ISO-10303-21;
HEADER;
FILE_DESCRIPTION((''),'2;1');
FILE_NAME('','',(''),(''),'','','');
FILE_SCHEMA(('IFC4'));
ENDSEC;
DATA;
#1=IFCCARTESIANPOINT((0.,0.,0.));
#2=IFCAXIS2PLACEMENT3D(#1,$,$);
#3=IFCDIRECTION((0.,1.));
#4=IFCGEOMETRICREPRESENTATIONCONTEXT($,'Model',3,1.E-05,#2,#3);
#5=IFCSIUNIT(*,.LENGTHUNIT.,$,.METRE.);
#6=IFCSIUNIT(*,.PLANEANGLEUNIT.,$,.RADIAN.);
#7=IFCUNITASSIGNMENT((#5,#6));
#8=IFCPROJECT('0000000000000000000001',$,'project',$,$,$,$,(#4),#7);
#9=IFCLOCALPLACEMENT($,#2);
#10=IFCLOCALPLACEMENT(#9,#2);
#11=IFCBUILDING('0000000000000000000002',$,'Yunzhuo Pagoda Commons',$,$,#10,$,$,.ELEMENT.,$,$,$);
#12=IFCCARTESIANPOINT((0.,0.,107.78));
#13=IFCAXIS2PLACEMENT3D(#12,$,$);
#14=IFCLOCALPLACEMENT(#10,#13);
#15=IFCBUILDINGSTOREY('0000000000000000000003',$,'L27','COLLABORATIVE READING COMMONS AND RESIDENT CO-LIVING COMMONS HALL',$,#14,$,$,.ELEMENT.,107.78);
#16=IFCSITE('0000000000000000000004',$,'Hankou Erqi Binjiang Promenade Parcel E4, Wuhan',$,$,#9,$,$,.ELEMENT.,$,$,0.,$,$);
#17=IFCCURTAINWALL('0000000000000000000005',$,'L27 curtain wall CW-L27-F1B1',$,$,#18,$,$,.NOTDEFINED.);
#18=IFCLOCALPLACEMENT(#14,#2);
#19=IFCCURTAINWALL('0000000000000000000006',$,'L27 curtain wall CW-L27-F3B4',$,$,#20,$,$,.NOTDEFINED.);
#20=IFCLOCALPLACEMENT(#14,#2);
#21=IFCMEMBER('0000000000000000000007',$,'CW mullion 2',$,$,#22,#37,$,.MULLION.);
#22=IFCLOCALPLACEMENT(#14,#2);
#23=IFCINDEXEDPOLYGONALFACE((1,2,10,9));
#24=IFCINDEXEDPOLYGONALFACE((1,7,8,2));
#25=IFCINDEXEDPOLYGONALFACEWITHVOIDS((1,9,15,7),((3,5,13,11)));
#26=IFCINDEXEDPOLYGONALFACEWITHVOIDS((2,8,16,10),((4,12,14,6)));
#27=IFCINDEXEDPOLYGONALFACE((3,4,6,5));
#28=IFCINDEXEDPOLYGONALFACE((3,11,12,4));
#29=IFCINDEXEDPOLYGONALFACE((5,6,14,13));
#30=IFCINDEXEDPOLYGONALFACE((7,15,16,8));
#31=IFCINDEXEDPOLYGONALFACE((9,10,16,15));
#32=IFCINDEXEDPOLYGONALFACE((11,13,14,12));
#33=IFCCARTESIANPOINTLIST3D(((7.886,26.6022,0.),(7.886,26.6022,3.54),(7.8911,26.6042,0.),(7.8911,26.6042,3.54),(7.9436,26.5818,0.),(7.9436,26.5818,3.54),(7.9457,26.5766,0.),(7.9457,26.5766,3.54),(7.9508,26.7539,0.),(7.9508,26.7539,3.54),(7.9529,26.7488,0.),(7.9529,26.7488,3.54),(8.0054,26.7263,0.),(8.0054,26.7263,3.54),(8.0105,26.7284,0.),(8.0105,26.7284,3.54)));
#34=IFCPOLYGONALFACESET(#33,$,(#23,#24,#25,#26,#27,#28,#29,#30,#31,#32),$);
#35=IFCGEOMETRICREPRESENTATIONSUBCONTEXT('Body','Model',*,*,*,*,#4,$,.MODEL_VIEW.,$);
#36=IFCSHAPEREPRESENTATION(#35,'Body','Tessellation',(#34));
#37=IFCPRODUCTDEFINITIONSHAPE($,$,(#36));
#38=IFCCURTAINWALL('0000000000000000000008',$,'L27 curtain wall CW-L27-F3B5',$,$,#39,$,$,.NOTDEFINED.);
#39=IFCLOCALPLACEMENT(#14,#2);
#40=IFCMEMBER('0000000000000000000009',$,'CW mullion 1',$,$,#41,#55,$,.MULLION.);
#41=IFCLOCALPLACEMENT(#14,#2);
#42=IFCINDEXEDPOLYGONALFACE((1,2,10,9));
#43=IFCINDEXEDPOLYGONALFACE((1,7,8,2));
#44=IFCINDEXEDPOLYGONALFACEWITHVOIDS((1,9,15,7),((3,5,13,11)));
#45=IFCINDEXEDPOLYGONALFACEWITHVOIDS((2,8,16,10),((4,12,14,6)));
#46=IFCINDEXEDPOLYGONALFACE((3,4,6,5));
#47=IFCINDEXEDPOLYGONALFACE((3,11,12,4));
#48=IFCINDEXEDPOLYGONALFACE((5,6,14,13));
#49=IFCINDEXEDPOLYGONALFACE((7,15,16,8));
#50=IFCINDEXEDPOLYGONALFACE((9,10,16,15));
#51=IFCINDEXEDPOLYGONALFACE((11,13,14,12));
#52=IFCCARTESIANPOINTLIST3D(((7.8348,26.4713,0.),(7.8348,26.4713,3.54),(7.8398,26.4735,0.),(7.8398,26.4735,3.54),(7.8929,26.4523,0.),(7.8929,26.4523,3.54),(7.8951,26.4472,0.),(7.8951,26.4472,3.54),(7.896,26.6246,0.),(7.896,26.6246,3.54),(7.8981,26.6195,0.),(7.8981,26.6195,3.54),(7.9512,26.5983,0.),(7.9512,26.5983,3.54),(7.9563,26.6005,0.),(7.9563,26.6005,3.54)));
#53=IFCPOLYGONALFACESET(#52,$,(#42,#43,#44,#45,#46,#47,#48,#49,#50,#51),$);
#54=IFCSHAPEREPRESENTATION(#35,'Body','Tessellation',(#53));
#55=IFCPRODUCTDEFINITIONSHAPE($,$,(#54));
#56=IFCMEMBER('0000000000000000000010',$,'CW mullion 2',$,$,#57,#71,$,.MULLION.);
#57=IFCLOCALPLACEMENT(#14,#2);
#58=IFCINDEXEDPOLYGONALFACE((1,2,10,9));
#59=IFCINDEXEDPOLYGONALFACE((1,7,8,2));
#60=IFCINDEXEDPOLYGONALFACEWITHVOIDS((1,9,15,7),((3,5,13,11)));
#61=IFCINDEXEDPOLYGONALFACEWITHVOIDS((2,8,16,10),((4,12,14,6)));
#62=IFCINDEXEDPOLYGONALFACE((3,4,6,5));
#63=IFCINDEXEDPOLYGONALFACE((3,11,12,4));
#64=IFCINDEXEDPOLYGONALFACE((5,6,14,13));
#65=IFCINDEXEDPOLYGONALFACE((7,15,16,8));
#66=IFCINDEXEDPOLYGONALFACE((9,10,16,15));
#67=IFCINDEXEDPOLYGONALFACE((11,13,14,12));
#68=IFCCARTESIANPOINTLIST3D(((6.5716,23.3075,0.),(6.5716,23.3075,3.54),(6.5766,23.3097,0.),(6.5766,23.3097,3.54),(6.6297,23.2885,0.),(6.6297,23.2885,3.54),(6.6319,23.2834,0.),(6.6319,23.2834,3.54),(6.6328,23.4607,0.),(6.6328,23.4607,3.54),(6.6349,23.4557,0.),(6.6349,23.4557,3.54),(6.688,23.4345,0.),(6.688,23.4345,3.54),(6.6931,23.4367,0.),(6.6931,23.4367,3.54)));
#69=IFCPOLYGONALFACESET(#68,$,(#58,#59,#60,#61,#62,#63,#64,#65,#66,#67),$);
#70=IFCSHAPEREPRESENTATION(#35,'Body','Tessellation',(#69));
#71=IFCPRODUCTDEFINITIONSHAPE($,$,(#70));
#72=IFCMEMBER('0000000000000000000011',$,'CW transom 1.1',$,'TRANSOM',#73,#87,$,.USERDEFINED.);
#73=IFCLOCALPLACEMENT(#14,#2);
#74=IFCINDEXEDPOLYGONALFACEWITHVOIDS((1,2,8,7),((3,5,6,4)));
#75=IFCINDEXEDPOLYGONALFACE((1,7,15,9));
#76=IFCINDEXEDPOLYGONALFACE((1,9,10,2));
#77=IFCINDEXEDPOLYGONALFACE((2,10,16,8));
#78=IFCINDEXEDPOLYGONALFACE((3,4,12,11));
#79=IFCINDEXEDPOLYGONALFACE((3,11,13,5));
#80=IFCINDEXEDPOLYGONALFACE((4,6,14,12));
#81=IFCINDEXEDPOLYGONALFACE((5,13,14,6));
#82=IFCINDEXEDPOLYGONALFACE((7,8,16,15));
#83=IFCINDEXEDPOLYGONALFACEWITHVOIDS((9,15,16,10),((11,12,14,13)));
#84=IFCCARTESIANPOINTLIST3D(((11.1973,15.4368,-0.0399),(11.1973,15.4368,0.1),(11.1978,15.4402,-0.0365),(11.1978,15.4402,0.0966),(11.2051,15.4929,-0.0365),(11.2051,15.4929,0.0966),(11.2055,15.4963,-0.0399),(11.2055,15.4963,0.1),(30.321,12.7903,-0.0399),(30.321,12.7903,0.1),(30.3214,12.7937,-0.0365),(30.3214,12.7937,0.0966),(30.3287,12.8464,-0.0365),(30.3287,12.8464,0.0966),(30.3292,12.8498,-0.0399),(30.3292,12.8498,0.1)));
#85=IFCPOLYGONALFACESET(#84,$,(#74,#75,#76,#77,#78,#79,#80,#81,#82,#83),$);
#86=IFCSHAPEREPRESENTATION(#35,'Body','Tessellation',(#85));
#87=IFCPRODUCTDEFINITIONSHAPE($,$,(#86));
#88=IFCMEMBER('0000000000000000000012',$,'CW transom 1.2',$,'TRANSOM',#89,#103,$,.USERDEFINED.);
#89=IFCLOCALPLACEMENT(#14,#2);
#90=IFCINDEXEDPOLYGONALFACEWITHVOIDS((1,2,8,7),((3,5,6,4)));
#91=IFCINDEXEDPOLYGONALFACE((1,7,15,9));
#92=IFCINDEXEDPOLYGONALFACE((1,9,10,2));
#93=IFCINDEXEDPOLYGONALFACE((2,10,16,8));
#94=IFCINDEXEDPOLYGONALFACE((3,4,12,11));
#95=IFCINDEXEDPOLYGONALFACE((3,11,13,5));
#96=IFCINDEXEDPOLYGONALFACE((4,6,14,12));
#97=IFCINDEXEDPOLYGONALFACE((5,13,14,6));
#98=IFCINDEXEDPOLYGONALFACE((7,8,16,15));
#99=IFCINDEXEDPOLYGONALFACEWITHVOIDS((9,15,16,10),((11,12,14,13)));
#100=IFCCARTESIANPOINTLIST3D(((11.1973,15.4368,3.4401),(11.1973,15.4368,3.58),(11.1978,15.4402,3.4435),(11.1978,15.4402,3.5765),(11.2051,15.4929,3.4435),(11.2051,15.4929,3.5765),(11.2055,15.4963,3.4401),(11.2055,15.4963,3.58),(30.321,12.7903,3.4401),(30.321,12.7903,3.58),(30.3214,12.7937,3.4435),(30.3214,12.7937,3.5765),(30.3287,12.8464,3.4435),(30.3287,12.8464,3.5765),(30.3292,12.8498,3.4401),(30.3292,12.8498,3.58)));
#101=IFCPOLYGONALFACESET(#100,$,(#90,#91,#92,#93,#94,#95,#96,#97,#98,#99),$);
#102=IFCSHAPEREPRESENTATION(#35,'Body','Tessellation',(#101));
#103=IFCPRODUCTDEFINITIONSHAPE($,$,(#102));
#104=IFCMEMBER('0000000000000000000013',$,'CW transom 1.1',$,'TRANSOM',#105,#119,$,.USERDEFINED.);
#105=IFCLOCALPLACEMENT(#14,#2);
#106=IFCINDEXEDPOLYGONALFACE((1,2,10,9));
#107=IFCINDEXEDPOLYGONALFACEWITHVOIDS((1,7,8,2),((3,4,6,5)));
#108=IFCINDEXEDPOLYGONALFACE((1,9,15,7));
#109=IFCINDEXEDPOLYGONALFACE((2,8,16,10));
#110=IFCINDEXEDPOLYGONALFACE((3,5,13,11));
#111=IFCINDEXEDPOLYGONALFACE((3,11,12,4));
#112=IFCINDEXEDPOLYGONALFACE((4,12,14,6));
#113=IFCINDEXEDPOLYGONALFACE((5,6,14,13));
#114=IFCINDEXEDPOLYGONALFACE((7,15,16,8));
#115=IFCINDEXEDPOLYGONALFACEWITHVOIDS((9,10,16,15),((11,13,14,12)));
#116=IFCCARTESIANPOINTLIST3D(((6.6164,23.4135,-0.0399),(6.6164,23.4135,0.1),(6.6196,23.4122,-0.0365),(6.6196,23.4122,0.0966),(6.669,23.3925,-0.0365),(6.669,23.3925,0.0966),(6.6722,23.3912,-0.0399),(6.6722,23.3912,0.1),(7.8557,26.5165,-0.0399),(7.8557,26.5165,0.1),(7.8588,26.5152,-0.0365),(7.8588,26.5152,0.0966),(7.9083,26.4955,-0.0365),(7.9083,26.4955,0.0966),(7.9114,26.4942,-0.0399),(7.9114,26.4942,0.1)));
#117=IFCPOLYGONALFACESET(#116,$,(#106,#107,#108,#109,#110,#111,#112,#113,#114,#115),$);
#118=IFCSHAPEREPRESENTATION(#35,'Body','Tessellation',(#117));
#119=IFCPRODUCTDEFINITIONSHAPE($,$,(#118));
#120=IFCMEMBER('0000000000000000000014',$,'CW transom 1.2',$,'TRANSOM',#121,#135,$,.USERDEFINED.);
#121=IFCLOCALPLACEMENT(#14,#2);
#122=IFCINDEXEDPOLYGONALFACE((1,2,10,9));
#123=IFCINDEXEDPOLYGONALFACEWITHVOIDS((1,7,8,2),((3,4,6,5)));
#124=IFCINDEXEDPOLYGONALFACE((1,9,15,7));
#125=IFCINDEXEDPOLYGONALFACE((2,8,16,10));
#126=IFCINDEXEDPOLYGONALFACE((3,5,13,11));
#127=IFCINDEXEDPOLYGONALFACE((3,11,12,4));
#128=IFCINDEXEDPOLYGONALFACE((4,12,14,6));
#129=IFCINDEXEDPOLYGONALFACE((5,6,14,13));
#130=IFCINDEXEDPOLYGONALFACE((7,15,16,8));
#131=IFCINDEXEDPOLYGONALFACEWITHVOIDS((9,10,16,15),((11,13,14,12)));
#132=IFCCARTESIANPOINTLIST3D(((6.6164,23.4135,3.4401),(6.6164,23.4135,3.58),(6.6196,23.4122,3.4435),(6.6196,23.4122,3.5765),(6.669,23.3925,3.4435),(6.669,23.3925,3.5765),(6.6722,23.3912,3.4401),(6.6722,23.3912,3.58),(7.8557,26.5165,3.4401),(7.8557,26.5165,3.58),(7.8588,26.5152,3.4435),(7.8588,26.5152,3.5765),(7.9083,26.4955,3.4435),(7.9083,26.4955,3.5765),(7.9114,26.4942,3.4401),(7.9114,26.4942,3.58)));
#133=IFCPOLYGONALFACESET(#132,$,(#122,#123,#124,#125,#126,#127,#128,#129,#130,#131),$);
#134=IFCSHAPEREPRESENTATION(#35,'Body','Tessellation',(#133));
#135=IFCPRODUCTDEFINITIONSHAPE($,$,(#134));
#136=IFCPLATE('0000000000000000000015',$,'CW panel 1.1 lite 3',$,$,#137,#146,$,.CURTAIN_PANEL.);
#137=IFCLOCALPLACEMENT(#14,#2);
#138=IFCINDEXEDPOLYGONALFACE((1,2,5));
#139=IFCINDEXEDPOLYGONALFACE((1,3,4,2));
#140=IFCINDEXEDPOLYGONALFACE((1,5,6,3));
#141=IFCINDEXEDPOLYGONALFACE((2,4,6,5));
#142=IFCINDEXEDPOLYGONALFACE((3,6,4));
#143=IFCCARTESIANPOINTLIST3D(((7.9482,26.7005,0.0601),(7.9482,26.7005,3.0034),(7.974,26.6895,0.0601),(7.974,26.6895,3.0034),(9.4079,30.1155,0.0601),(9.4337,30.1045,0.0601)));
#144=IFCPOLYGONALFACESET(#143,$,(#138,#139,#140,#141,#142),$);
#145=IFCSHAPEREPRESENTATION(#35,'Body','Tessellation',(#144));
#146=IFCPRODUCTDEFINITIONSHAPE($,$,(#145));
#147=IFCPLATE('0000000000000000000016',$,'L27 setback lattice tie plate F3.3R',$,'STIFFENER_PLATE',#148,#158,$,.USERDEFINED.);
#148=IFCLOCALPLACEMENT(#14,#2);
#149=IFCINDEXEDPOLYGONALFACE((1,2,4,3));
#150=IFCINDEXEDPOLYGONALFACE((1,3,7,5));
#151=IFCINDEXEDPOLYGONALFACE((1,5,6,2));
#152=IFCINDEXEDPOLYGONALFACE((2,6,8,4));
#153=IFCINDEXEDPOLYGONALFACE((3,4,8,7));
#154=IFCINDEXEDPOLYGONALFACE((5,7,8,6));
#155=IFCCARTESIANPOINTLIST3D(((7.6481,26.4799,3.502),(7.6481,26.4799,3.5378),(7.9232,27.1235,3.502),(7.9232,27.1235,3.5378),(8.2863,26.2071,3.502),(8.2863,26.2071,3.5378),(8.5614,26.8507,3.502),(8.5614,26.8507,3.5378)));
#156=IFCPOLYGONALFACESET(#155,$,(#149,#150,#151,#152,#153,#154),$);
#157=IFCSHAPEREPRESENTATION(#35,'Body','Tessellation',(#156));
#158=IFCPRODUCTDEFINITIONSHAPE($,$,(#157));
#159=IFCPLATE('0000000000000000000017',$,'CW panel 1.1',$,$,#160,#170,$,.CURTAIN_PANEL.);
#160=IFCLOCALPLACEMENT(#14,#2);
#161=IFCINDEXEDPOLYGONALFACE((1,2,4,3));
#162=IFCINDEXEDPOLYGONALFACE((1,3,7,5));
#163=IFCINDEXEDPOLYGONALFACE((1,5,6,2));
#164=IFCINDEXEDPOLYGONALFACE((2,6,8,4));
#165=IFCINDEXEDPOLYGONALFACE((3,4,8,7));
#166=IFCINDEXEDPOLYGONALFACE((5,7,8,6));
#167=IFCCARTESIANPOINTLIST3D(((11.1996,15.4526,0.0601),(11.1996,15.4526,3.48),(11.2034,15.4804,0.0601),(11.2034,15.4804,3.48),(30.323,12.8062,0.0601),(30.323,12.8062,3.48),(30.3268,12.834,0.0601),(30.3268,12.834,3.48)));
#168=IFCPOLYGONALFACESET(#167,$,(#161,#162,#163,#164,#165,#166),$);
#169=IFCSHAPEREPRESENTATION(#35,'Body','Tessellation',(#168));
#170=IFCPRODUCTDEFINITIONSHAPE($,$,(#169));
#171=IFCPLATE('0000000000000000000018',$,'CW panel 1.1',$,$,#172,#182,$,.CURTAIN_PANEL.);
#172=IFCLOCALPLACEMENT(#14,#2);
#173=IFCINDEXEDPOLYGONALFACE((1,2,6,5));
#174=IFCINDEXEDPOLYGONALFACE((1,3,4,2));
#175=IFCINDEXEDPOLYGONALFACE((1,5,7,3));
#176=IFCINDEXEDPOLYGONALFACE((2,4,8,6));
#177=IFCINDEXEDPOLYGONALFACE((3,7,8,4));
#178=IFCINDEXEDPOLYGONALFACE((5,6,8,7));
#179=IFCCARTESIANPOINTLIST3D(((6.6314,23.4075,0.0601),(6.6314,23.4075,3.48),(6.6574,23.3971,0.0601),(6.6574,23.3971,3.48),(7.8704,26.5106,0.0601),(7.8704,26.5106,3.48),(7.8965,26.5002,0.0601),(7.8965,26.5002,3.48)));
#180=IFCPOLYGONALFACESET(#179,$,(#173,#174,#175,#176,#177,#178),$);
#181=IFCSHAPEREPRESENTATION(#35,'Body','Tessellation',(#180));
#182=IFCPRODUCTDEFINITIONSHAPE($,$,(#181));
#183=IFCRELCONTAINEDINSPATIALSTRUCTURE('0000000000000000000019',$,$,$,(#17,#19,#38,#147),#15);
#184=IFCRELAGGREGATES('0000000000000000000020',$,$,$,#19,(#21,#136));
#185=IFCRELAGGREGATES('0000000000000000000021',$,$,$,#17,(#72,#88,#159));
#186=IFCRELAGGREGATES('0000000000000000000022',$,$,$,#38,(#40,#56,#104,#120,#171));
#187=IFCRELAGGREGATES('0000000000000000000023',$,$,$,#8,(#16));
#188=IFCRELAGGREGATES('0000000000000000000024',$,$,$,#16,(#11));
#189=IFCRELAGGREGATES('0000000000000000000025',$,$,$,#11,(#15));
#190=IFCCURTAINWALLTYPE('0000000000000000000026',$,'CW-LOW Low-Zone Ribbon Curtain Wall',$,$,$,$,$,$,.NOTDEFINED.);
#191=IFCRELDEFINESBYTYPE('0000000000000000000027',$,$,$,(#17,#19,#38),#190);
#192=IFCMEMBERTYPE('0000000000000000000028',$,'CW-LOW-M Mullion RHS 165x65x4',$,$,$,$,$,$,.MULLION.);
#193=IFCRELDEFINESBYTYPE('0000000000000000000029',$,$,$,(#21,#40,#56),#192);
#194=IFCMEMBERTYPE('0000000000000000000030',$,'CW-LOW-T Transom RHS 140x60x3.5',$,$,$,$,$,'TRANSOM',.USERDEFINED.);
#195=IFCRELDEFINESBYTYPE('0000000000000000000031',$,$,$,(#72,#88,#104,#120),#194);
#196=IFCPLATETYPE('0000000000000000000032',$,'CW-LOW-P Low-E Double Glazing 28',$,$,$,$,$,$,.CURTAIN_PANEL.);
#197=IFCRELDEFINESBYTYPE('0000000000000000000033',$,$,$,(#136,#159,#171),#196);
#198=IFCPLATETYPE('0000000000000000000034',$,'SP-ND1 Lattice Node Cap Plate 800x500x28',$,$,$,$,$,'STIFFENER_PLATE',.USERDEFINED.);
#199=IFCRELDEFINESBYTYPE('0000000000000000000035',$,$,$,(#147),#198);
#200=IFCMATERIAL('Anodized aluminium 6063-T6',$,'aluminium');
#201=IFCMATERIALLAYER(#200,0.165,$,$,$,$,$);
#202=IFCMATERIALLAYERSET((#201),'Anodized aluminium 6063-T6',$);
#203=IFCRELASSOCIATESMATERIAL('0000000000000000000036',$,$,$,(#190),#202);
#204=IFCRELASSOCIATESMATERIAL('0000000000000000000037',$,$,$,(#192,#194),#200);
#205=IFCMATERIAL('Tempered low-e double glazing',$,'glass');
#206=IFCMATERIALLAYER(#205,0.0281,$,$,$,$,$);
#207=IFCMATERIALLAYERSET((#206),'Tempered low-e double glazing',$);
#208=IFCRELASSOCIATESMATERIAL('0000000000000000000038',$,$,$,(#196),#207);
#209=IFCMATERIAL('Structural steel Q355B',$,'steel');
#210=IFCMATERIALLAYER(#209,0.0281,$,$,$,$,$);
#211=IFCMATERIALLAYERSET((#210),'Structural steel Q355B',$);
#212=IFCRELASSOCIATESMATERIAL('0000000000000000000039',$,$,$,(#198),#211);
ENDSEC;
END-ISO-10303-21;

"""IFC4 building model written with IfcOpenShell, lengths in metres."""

from ifc_helpers import new_model, si_unit, direction, frame, origin, origin_2d, place, context, subcontext, project, spatial, polyline, rectangle, hollow_rectangle, outline, extrude, source, transform, mapped, material, layer, layer_set, material_profile, profile_set, type_object, element, aggregate, save


model = new_model("IFC4")

# Units and contexts
model_context = context("Model", 3, precision=1e-05, world=origin(), true_north=direction((0.0, 1.0)))
body_context = subcontext(model_context, "Body", "Model", "MODEL_VIEW")
ifc_project = project(units=[si_unit("LENGTHUNIT", "METRE"), si_unit("PLANEANGLEUNIT", "RADIAN")], contexts=[model_context])

# Site, building, storey
site_placement = place(None, origin())
site = spatial("IfcSite", under=ifc_project, at=site_placement, Name="Hankou Erqi Binjiang Promenade Parcel E4, Wuhan", CompositionType="ELEMENT", RefElevation=0.0)
building_placement = place(site_placement, origin())
building = spatial("IfcBuilding", under=site, at=building_placement, Name="Yunzhuo Pagoda Commons", CompositionType="ELEMENT")
storey_placement = place(building_placement, frame((0.0, 0.0, 107.78)))
storey = spatial("IfcBuildingStorey", under=building, at=storey_placement, Name="L27", Description="COLLABORATIVE READING COMMONS AND RESIDENT CO-LIVING COMMONS HALL", CompositionType="ELEMENT", Elevation=107.78)

# Shared definitions
ifc_material_1 = material(Name="Structural steel Q355B", Category="steel")

# Curtain walls, member
ifc_material_2 = material(Name="Anodized aluminium 6063-T6", Category="aluminium")
ifc_layer_1 = layer(ifc_material_2, 0.165)
ifc_layer_set_1 = layer_set([ifc_layer_1], Name="Anodized aluminium 6063-T6")
curtain_wall_type = type_object("IfcCurtainWallType", Name="CW-LOW Low-Zone Ribbon Curtain Wall", PredefinedType="NOTDEFINED", material=ifc_layer_set_1)
curtain_wall_1_placement = place(storey_placement, origin())
curtain_wall_1 = element("IfcCurtainWall", 1, at=curtain_wall_1_placement, inside=storey, type_object=curtain_wall_type, Name="L27 curtain wall CW-L27-F1B1", PredefinedType="NOTDEFINED")
ifc_material_profile_1 = material_profile(ifc_material_2, hollow_rectangle(XDim=0.0649, YDim=0.165, WallThickness=0.0039, at=origin_2d()), Name="Anodized aluminium 6063-T6")
ifc_profile_set_1 = profile_set([ifc_material_profile_1], Name="Anodized aluminium 6063-T6")
member_type_1 = type_object("IfcMemberType", Name="CW-LOW-M Mullion RHS 165x65x4", PredefinedType="MULLION", material=ifc_profile_set_1)
shared_shape_1 = source(origin(), body_context, "Body", "SweptSolid", [
    extrude(hollow_rectangle(XDim=0.0649, YDim=0.165, WallThickness=0.0039, at=origin_2d()), origin(), (0.0, 0.0, 1.0), 3.54),
])
curtain_wall_2_placement = place(storey_placement, origin())
curtain_wall_2 = element("IfcCurtainWall", 2, at=curtain_wall_2_placement, inside=storey, type_object=curtain_wall_type, Name="L27 curtain wall CW-L27-F3B4", PredefinedType="NOTDEFINED")
member_1_placement = place(storey_placement, frame((7.9482, 26.6653, 0.0), z_axis=(0.0, 0.0, 1.0), x_axis=(0.919516, -0.393052, 0.0)))
member_1 = element("IfcMember", 3, at=member_1_placement, type_object=member_type_1, Name="CW mullion 2", PredefinedType="MULLION", context=body_context, shape_type="MappedRepresentation", body=[
    mapped(shared_shape_1, transform((0.0, 0.0, 0.0), scale=1.0)),
])

# Curtain wall, members
curtain_wall_3_placement = place(storey_placement, origin())
curtain_wall_3 = element("IfcCurtainWall", 4, at=curtain_wall_3_placement, inside=storey, type_object=curtain_wall_type, Name="L27 curtain wall CW-L27-F3B5", PredefinedType="NOTDEFINED")
member_2_placement = place(storey_placement, frame((7.8955, 26.5359, 0.0), z_axis=(0.0, 0.0, 1.0), x_axis=(0.928701, -0.370829, 0.0)))
member_2 = element("IfcMember", 5, at=member_2_placement, type_object=member_type_1, Name="CW mullion 1", PredefinedType="MULLION", context=body_context, shape_type="MappedRepresentation", body=[
    mapped(shared_shape_1, transform((0.0, 0.0, 0.0), scale=1.0)),
])
member_3_placement = place(storey_placement, frame((6.6323, 23.3721, 0.0), z_axis=(0.0, 0.0, 1.0), x_axis=(0.928701, -0.370829, 0.0)))
member_3 = element("IfcMember", 6, at=member_3_placement, type_object=member_type_1, Name="CW mullion 2", PredefinedType="MULLION", context=body_context, shape_type="MappedRepresentation", body=[
    mapped(shared_shape_1, transform((0.0, 0.0, 0.0), scale=1.0)),
])

# Members
ifc_material_profile_2 = material_profile(ifc_material_2, hollow_rectangle(XDim=0.0601, YDim=0.1399, WallThickness=0.0034, at=origin_2d()), Name="Anodized aluminium 6063-T6")
ifc_profile_set_2 = profile_set([ifc_material_profile_2], Name="Anodized aluminium 6063-T6")
member_type_2 = type_object("IfcMemberType", Name="CW-LOW-T Transom RHS 140x60x3.5", ElementType="TRANSOM", PredefinedType="USERDEFINED", material=ifc_profile_set_2)
shared_shape_2 = source(origin(), body_context, "Body", "SweptSolid", [
    extrude(hollow_rectangle(XDim=0.0601, YDim=0.1399, WallThickness=0.0034, at=origin_2d()), origin(), (0.0, 0.0, 1.0), 19.3059),
])
member_4_placement = place(storey_placement, frame((11.2014, 15.4666, 0.03), z_axis=(0.99056, -0.137082, 0.0), x_axis=(0.137082, 0.99056, 0.0)))
member_4 = element("IfcMember", 7, at=member_4_placement, type_object=member_type_2, Name="CW transom 1.1", ObjectType="TRANSOM", PredefinedType="USERDEFINED", context=body_context, shape_type="MappedRepresentation", body=[
    mapped(shared_shape_2, transform((0.0, 0.0, 0.0), scale=1.0)),
])
member_5_placement = place(storey_placement, frame((11.2014, 15.4666, 3.51), z_axis=(0.99056, -0.137082, 0.0), x_axis=(0.137082, 0.99056, 0.0)))
member_5 = element("IfcMember", 8, at=member_5_placement, type_object=member_type_2, Name="CW transom 1.2", ObjectType="TRANSOM", PredefinedType="USERDEFINED", context=body_context, shape_type="MappedRepresentation", body=[
    mapped(shared_shape_2, transform((0.0, 0.0, 0.0), scale=1.0)),
])
shared_shape_3 = source(origin(), body_context, "Body", "SweptSolid", [
    extrude(hollow_rectangle(XDim=0.0601, YDim=0.1399, WallThickness=0.0034, at=origin_2d()), origin(), (0.0, 0.0, 1.0), 3.3413),
])
member_6_placement = place(storey_placement, frame((7.8835, 26.5054, 0.03), z_axis=(-0.370887, -0.928678, 0.0), x_axis=(0.928678, -0.370887, 0.0)))
member_6 = element("IfcMember", 9, at=member_6_placement, type_object=member_type_2, Name="CW transom 1.1", ObjectType="TRANSOM", PredefinedType="USERDEFINED", context=body_context, shape_type="MappedRepresentation", body=[
    mapped(shared_shape_3, transform((0.0, 0.0, 0.0), scale=1.0)),
])
member_7_placement = place(storey_placement, frame((7.8835, 26.5054, 3.51), z_axis=(-0.370887, -0.928678, 0.0), x_axis=(0.928678, -0.370887, 0.0)))
member_7 = element("IfcMember", 10, at=member_7_placement, type_object=member_type_2, Name="CW transom 1.2", ObjectType="TRANSOM", PredefinedType="USERDEFINED", context=body_context, shape_type="MappedRepresentation", body=[
    mapped(shared_shape_3, transform((0.0, 0.0, 0.0), scale=1.0)),
])

# Plates
ifc_material_3 = material(Name="Tempered low-e double glazing", Category="glass")
ifc_layer_2 = layer(ifc_material_3, 0.0281)
ifc_layer_set_2 = layer_set([ifc_layer_2], Name="Tempered low-e double glazing")
plate_type_1 = type_object("IfcPlateType", Name="CW-LOW-P Low-E Double Glazing 28", PredefinedType="CURTAIN_PANEL", material=ifc_layer_set_2)
plate_1_placement = place(storey_placement, frame((8.7039, 28.397, 1.5317), z_axis=(-0.919516, 0.393052, 0.0), x_axis=(-0.393052, -0.919516, 0.0)))
plate_1 = element("IfcPlate", 11, at=plate_1_placement, type_object=plate_type_1, Name="CW panel 1.1 lite 3", PredefinedType="CURTAIN_PANEL", context=body_context, shape_type="SweptSolid", body=[
    extrude(outline(polyline([(-1.8569, -1.4717), (1.8569, -1.4717), (1.8569, 1.4717), (-1.8569, -1.4717)])), origin(), (0.0, 0.0, 1.0), 0.0281),
])
aggregate(curtain_wall_2, [member_1, plate_1])
ifc_layer_3 = layer(ifc_material_1, 0.0281)
ifc_layer_set_3 = layer_set([ifc_layer_3], Name="Structural steel Q355B")
plate_type_2 = type_object("IfcPlateType", Name="SP-ND1 Lattice Node Cap Plate 800x500x28", ElementType="STIFFENER_PLATE", PredefinedType="USERDEFINED", material=ifc_layer_set_3)
shared_shape_4 = source(origin(), body_context, "Body", "SweptSolid", [
    extrude(rectangle(XDim=0.7, YDim=0.6941, at=origin_2d()), origin(), (0.0, 0.0, 1.0), 0.0359),
])
plate_2_placement = place(storey_placement, frame((8.1047, 26.6653, 3.502), z_axis=(0.0, 0.0, 1.0), x_axis=(-0.393059, -0.919513, 0.0)))
element("IfcPlate", 12, at=plate_2_placement, inside=storey, type_object=plate_type_2, Name="L27 setback lattice tie plate F3.3R", ObjectType="STIFFENER_PLATE", PredefinedType="USERDEFINED", context=body_context, shape_type="MappedRepresentation", body=[
    mapped(shared_shape_4, transform((0.0, 0.0, 0.0), scale=1.0)),
])
shared_shape_5 = source(origin(), body_context, "Body", "SweptSolid", [
    extrude(rectangle(XDim=19.3057, YDim=0.0281, at=origin_2d()), origin(), (0.0, 0.0, 1.0), 3.4199),
])
plate_3_placement = place(storey_placement, frame((20.7632, 14.1433, 0.0601), z_axis=(0.0, 0.0, 1.0), x_axis=(0.99056, -0.137082, 0.0)))
plate_3 = element("IfcPlate", 13, at=plate_3_placement, type_object=plate_type_1, Name="CW panel 1.1", PredefinedType="CURTAIN_PANEL", context=body_context, shape_type="MappedRepresentation", body=[
    mapped(shared_shape_5, transform((0.0, 0.0, 0.0), scale=1.0)),
])
aggregate(curtain_wall_1, [member_4, member_5, plate_3])
shared_shape_6 = source(origin(), body_context, "Body", "SweptSolid", [
    extrude(rectangle(XDim=3.3413, YDim=0.0281, at=origin_2d()), origin(), (0.0, 0.0, 1.0), 3.4199),
])
plate_4_placement = place(storey_placement, frame((7.2639, 24.9539, 0.0601), z_axis=(0.0, 0.0, 1.0), x_axis=(-0.370829, -0.928701, 0.0)))
plate_4 = element("IfcPlate", 14, at=plate_4_placement, type_object=plate_type_1, Name="CW panel 1.1", PredefinedType="CURTAIN_PANEL", context=body_context, shape_type="MappedRepresentation", body=[
    mapped(shared_shape_6, transform((0.0, 0.0, 0.0), scale=1.0)),
])
aggregate(curtain_wall_3, [member_2, member_3, member_6, member_7, plate_4])

save(model, "model.ifc")
